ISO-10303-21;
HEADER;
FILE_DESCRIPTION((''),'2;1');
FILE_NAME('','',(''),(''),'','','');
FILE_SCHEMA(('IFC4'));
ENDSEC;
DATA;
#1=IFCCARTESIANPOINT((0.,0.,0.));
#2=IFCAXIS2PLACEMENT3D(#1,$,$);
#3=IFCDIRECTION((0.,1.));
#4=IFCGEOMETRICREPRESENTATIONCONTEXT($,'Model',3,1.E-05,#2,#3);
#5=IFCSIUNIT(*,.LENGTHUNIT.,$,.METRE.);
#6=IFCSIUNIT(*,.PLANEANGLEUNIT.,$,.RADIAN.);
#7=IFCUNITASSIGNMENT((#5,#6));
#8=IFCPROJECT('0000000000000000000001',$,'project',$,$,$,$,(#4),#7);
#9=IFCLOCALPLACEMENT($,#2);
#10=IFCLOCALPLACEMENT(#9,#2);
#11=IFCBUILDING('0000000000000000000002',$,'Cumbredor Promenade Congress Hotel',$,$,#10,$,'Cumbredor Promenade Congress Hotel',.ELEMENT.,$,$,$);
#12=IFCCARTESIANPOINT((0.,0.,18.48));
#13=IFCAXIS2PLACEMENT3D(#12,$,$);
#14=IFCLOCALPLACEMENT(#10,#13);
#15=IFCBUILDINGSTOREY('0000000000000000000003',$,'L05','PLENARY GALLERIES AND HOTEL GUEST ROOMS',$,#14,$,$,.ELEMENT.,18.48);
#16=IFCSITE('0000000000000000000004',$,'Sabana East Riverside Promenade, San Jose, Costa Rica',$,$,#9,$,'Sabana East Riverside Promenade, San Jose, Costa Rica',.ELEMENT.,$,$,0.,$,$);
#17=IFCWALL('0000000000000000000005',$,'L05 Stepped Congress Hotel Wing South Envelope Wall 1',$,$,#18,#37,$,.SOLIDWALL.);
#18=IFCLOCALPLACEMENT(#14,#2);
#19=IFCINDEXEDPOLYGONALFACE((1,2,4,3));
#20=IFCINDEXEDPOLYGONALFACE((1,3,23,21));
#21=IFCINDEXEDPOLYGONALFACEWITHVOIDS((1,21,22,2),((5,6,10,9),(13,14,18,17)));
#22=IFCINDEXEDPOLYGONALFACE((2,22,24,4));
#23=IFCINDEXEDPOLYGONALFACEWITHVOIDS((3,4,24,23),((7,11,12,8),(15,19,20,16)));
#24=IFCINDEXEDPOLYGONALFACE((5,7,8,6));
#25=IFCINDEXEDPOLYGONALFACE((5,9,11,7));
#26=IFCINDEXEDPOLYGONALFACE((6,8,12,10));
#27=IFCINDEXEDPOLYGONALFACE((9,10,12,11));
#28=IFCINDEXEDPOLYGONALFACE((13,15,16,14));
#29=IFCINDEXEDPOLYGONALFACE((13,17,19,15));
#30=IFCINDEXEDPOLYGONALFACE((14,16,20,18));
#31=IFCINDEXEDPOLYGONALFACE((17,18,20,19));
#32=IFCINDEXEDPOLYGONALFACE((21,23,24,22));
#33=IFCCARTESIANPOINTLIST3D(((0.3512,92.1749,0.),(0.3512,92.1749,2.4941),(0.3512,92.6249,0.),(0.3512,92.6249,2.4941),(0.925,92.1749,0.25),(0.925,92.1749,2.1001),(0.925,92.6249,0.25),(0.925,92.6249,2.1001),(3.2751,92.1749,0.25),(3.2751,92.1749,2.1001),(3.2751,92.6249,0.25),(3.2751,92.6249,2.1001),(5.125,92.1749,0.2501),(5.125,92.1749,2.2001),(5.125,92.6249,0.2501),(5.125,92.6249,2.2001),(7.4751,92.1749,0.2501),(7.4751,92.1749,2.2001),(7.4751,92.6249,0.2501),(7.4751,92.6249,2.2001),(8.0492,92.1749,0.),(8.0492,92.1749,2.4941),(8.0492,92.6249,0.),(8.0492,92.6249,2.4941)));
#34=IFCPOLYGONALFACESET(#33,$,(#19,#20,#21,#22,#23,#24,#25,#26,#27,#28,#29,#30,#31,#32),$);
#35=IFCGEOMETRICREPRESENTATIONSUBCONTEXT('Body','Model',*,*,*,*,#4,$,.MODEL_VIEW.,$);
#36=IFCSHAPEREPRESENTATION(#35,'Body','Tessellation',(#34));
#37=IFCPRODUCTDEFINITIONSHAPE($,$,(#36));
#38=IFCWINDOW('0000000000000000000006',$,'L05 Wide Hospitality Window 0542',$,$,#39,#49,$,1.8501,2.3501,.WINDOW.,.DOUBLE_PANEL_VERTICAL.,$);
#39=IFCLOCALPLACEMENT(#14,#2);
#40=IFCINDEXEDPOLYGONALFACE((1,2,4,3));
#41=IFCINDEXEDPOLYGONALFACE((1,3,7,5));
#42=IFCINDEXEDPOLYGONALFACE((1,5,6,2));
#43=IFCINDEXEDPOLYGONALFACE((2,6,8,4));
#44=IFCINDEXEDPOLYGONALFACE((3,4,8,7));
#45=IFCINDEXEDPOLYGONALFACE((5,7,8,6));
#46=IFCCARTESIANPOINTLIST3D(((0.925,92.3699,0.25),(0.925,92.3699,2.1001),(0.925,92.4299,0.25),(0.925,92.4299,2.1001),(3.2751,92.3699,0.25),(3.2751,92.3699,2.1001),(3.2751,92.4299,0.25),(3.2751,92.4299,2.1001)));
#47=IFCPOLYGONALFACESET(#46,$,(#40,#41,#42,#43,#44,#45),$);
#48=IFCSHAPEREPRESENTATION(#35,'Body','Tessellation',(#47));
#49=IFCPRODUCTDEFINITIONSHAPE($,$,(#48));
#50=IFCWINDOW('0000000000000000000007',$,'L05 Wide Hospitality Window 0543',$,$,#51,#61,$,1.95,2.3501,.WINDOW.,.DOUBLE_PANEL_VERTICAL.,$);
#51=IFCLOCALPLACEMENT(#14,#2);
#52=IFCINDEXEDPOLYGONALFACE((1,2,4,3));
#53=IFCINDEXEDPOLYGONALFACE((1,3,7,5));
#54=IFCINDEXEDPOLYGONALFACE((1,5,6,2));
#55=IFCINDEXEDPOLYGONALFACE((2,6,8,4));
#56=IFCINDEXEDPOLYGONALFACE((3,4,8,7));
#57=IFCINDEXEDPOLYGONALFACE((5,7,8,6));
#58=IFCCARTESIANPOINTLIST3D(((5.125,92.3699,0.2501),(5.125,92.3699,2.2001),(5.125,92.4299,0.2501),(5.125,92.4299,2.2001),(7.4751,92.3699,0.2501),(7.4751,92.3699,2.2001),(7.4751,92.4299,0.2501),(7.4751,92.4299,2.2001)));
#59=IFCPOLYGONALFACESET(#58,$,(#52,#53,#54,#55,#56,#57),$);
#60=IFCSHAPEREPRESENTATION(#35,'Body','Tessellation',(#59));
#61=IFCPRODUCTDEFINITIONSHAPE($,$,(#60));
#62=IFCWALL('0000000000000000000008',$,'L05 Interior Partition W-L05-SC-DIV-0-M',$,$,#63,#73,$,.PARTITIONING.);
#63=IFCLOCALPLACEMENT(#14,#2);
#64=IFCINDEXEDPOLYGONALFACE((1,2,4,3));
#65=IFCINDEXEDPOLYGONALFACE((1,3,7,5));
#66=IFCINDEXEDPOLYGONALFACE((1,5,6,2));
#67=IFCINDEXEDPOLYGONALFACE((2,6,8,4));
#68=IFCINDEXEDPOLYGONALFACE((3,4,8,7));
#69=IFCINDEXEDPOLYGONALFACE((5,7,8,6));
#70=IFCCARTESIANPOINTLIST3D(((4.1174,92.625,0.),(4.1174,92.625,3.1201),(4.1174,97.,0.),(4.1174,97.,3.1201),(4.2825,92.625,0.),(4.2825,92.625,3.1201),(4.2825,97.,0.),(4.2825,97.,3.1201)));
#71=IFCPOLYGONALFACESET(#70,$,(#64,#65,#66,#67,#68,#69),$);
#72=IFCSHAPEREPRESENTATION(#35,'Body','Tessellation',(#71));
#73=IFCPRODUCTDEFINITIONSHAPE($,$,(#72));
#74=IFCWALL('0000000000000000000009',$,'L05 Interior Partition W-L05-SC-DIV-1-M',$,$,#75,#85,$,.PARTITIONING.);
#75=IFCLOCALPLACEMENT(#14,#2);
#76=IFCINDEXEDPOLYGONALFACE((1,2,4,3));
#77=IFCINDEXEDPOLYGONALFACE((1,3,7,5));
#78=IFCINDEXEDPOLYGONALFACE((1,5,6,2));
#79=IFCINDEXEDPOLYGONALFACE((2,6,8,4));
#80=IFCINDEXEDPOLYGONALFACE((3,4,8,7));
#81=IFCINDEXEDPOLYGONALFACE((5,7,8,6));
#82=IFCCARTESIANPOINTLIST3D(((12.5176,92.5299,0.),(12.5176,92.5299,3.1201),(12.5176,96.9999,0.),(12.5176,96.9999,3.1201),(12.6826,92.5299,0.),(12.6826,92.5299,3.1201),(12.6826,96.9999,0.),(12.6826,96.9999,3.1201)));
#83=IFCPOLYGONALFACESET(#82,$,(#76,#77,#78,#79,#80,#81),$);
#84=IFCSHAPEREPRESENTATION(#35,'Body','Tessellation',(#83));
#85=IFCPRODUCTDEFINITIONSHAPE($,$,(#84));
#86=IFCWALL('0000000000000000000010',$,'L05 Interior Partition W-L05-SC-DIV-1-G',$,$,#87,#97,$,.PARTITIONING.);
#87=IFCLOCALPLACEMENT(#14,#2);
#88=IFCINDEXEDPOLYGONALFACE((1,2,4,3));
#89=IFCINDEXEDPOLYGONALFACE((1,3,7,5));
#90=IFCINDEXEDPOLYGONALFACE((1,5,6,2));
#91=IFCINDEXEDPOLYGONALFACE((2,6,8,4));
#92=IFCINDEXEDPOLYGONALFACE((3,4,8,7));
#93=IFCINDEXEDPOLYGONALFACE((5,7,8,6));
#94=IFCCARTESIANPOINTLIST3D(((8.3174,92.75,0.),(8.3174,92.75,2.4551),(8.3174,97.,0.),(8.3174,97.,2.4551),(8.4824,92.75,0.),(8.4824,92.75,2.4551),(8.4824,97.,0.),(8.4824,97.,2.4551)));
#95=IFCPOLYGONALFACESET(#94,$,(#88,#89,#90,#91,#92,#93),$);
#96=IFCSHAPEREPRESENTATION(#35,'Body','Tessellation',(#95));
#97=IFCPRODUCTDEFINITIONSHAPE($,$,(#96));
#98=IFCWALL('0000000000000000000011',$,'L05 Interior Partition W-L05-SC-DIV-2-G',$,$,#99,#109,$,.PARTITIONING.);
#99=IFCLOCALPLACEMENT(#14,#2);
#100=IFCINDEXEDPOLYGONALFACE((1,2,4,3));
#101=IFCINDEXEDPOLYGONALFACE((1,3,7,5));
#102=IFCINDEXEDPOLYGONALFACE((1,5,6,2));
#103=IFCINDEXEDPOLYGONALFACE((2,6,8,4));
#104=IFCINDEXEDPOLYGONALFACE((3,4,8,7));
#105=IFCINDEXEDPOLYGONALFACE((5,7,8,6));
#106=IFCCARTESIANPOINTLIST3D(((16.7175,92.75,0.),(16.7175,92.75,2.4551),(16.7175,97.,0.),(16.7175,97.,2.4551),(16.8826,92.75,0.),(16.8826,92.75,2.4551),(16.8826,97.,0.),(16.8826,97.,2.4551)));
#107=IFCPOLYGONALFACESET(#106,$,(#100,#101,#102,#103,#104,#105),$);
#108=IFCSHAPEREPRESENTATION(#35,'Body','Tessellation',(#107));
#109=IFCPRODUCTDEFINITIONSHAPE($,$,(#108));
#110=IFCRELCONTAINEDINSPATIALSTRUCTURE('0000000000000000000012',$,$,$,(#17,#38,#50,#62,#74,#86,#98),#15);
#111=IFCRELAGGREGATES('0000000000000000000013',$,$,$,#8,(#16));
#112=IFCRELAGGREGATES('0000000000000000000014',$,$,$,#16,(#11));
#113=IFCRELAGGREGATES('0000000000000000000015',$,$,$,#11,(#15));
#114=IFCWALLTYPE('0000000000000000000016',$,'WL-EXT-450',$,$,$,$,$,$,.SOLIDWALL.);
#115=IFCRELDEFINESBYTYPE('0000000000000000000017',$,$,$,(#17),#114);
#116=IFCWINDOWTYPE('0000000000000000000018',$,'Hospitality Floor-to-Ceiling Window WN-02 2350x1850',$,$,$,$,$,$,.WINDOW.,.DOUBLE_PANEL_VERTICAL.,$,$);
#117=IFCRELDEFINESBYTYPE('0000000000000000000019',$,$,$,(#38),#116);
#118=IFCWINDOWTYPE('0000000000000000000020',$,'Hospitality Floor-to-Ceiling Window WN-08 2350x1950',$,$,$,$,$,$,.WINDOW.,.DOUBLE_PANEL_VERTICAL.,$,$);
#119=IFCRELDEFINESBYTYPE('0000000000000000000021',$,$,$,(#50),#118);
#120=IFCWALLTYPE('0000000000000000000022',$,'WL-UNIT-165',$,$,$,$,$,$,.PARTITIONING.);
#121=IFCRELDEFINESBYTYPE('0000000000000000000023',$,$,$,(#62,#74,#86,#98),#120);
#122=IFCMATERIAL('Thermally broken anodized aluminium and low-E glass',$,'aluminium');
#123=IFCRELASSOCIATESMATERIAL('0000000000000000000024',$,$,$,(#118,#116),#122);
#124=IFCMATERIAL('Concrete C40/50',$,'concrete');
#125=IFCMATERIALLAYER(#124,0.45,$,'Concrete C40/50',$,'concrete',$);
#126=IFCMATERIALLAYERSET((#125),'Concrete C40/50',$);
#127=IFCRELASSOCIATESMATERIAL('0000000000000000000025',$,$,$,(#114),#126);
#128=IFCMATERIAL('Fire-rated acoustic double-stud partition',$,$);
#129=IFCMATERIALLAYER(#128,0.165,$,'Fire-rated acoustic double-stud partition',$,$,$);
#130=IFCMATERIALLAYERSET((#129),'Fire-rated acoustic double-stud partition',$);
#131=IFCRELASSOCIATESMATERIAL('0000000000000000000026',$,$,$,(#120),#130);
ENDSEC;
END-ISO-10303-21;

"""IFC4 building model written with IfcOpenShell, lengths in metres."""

from ifc_helpers import new_model, si_unit, direction, frame, frame_2d, origin, place, context, subcontext, project, spatial, rectangle, extrude, material, layer, layer_set, type_object, element, fill, save


model = new_model("IFC4")

# Units and contexts
model_context = context("Model", 3, precision=1e-05, world=origin(), true_north=direction((0.0, 1.0)))
body_context = subcontext(model_context, "Body", "Model", "MODEL_VIEW")
ifc_project = project(units=[si_unit("LENGTHUNIT", "METRE"), si_unit("PLANEANGLEUNIT", "RADIAN")], contexts=[model_context])

# Site, building, storey
site_placement = place(None, origin())
site = spatial("IfcSite", under=ifc_project, at=site_placement, Name="Sabana East Riverside Promenade, San Jose, Costa Rica", LongName="Sabana East Riverside Promenade, San Jose, Costa Rica", CompositionType="ELEMENT", RefElevation=0.0)
building_placement = place(site_placement, origin())
building = spatial("IfcBuilding", under=site, at=building_placement, Name="Cumbredor Promenade Congress Hotel", LongName="Cumbredor Promenade Congress Hotel", CompositionType="ELEMENT")
storey_placement = place(building_placement, frame((0.0, 0.0, 18.48)))
storey = spatial("IfcBuildingStorey", under=building, at=storey_placement, Name="L05", Description="PLENARY GALLERIES AND HOTEL GUEST ROOMS", CompositionType="ELEMENT", Elevation=18.48)

# Shared definitions
ifc_material_1 = material(Name="Concrete C40/50", Category="concrete")

# Shared definitions
ifc_material_2 = material(Name="Thermally broken anodized aluminium and low-E glass", Category="aluminium")
window_type_1 = type_object("IfcWindowType", Name="Hospitality Floor-to-Ceiling Window WN-08 2350x1950", PartitioningType="DOUBLE_PANEL_VERTICAL", PredefinedType="WINDOW", material=ifc_material_2)

# Wall, openings, windows
ifc_layer_1 = layer(ifc_material_1, 0.45, Name="Concrete C40/50", Category="concrete")
ifc_layer_set_1 = layer_set([ifc_layer_1], Name="Concrete C40/50")
wall_type_1 = type_object("IfcWallType", Name="WL-EXT-450", PredefinedType="SOLIDWALL", material=ifc_layer_set_1)
wall_1_placement = place(storey_placement, frame((0.3511, 92.3999, 0.0), z_axis=(0.0, 0.0, 1.0), x_axis=(1.0, 0.0, 0.0)))
wall_1 = element("IfcWall", 1, at=wall_1_placement, inside=storey, type_object=wall_type_1, Name="L05 Stepped Congress Hotel Wing South Envelope Wall 1", PredefinedType="SOLIDWALL", context=body_context, shape_type="SweptSolid", body=[
    extrude(rectangle(XDim=7.698, YDim=0.45, at=frame_2d((3.8491, 0.0))), origin(), (0.0, 0.0, 1.0), 2.4941),
])
opening_1_placement = place(wall_1_placement, frame((0.574, 0.0, 0.25)))
opening_1 = element("IfcOpeningElement", 2, at=opening_1_placement, cuts=wall_1, PredefinedType="OPENING", context=body_context, shape_type="SweptSolid", body=[
    extrude(rectangle(XDim=2.3501, YDim=1.8501, at=frame_2d((1.175, 0.925))), frame((0.0, 0.2349, 0.0), z_axis=(0.0, -1.0, 0.0), x_axis=(1.0, 0.0, 0.0)), (0.0, 0.0, 1.0), 0.47),
])
opening_2_placement = place(wall_1_placement, frame((4.7739, 0.0, 0.25)))
opening_2 = element("IfcOpeningElement", 3, at=opening_2_placement, cuts=wall_1, PredefinedType="OPENING", context=body_context, shape_type="SweptSolid", body=[
    extrude(rectangle(XDim=2.3501, YDim=1.95, at=frame_2d((1.175, 0.9751))), frame((0.0, 0.2349, 0.0), z_axis=(0.0, -1.0, 0.0), x_axis=(1.0, 0.0, 0.0)), (0.0, 0.0, 1.0), 0.47),
])
window_type_2 = type_object("IfcWindowType", Name="Hospitality Floor-to-Ceiling Window WN-02 2350x1850", PartitioningType="DOUBLE_PANEL_VERTICAL", PredefinedType="WINDOW", material=ifc_material_2)
window_1_placement = place(opening_1_placement, origin())
window_1 = element("IfcWindow", 4, at=window_1_placement, inside=storey, type_object=window_type_2, Name="L05 Wide Hospitality Window 0542", OverallHeight=1.8501, OverallWidth=2.3501, PartitioningType="DOUBLE_PANEL_VERTICAL", PredefinedType="WINDOW", context=body_context, shape_type="SweptSolid", body=[
    extrude(rectangle(XDim=2.3501, YDim=1.8501, at=frame_2d((1.175, 0.925))), frame((0.0, 0.03, 0.0), z_axis=(0.0, -1.0, 0.0), x_axis=(1.0, 0.0, 0.0)), (0.0, 0.0, 1.0), 0.0601),
])
fill(opening_1, window_1)
window_2_placement = place(opening_2_placement, origin())
window_2 = element("IfcWindow", 5, at=window_2_placement, inside=storey, type_object=window_type_1, Name="L05 Wide Hospitality Window 0543", OverallHeight=1.95, OverallWidth=2.3501, PartitioningType="DOUBLE_PANEL_VERTICAL", PredefinedType="WINDOW", context=body_context, shape_type="SweptSolid", body=[
    extrude(rectangle(XDim=2.3501, YDim=1.95, at=frame_2d((1.175, 0.9751))), frame((0.0, 0.03, 0.0), z_axis=(0.0, -1.0, 0.0), x_axis=(1.0, 0.0, 0.0)), (0.0, 0.0, 1.0), 0.0601),
])
fill(opening_2, window_2)

# Walls
ifc_material_3 = material(Name="Fire-rated acoustic double-stud partition")
ifc_layer_2 = layer(ifc_material_3, 0.165, Name="Fire-rated acoustic double-stud partition")
ifc_layer_set_2 = layer_set([ifc_layer_2], Name="Fire-rated acoustic double-stud partition")
wall_type_2 = type_object("IfcWallType", Name="WL-UNIT-165", PredefinedType="PARTITIONING", material=ifc_layer_set_2)
wall_2_placement = place(storey_placement, frame((4.2, 92.625, 0.0), z_axis=(0.0, 0.0, 1.0), x_axis=(0.0, 1.0, 0.0)))
element("IfcWall", 6, at=wall_2_placement, inside=storey, type_object=wall_type_2, Name="L05 Interior Partition W-L05-SC-DIV-0-M", PredefinedType="PARTITIONING", context=body_context, shape_type="SweptSolid", body=[
    extrude(rectangle(XDim=4.375, YDim=0.165, at=frame_2d((2.1875, 0.0))), origin(), (0.0, 0.0, 1.0), 3.1201),
])
wall_3_placement = place(storey_placement, frame((12.6001, 92.53, 0.0), z_axis=(0.0, 0.0, 1.0), x_axis=(0.0, 1.0, 0.0)))
element("IfcWall", 7, at=wall_3_placement, inside=storey, type_object=wall_type_2, Name="L05 Interior Partition W-L05-SC-DIV-1-M", PredefinedType="PARTITIONING", context=body_context, shape_type="SweptSolid", body=[
    extrude(rectangle(XDim=4.47, YDim=0.165, at=frame_2d((2.2349, 0.0))), origin(), (0.0, 0.0, 1.0), 3.1201),
])
for number, where, z_axis, x_axis, name in (
    (8, (8.3999, 92.75, 0.0), (0.0, 0.0, 1.0), (0.0, 1.0, 0.0), "L05 Interior Partition W-L05-SC-DIV-1-G"),
    (9, (16.8, 92.75, 0.0), (0.0, 0.0, 1.0), (0.0, 1.0, 0.0), "L05 Interior Partition W-L05-SC-DIV-2-G"),
):
    element("IfcWall", number, at=place(storey_placement, frame(where, z_axis=z_axis, x_axis=x_axis)), inside=storey, type_object=wall_type_2, Name=name, PredefinedType="PARTITIONING", context=body_context, shape_type="SweptSolid", body=[
        extrude(rectangle(XDim=4.25, YDim=0.165, at=frame_2d((2.125, 0.0))), origin(), (0.0, 0.0, 1.0), 2.4551),
    ])

save(model, "model.ifc")
